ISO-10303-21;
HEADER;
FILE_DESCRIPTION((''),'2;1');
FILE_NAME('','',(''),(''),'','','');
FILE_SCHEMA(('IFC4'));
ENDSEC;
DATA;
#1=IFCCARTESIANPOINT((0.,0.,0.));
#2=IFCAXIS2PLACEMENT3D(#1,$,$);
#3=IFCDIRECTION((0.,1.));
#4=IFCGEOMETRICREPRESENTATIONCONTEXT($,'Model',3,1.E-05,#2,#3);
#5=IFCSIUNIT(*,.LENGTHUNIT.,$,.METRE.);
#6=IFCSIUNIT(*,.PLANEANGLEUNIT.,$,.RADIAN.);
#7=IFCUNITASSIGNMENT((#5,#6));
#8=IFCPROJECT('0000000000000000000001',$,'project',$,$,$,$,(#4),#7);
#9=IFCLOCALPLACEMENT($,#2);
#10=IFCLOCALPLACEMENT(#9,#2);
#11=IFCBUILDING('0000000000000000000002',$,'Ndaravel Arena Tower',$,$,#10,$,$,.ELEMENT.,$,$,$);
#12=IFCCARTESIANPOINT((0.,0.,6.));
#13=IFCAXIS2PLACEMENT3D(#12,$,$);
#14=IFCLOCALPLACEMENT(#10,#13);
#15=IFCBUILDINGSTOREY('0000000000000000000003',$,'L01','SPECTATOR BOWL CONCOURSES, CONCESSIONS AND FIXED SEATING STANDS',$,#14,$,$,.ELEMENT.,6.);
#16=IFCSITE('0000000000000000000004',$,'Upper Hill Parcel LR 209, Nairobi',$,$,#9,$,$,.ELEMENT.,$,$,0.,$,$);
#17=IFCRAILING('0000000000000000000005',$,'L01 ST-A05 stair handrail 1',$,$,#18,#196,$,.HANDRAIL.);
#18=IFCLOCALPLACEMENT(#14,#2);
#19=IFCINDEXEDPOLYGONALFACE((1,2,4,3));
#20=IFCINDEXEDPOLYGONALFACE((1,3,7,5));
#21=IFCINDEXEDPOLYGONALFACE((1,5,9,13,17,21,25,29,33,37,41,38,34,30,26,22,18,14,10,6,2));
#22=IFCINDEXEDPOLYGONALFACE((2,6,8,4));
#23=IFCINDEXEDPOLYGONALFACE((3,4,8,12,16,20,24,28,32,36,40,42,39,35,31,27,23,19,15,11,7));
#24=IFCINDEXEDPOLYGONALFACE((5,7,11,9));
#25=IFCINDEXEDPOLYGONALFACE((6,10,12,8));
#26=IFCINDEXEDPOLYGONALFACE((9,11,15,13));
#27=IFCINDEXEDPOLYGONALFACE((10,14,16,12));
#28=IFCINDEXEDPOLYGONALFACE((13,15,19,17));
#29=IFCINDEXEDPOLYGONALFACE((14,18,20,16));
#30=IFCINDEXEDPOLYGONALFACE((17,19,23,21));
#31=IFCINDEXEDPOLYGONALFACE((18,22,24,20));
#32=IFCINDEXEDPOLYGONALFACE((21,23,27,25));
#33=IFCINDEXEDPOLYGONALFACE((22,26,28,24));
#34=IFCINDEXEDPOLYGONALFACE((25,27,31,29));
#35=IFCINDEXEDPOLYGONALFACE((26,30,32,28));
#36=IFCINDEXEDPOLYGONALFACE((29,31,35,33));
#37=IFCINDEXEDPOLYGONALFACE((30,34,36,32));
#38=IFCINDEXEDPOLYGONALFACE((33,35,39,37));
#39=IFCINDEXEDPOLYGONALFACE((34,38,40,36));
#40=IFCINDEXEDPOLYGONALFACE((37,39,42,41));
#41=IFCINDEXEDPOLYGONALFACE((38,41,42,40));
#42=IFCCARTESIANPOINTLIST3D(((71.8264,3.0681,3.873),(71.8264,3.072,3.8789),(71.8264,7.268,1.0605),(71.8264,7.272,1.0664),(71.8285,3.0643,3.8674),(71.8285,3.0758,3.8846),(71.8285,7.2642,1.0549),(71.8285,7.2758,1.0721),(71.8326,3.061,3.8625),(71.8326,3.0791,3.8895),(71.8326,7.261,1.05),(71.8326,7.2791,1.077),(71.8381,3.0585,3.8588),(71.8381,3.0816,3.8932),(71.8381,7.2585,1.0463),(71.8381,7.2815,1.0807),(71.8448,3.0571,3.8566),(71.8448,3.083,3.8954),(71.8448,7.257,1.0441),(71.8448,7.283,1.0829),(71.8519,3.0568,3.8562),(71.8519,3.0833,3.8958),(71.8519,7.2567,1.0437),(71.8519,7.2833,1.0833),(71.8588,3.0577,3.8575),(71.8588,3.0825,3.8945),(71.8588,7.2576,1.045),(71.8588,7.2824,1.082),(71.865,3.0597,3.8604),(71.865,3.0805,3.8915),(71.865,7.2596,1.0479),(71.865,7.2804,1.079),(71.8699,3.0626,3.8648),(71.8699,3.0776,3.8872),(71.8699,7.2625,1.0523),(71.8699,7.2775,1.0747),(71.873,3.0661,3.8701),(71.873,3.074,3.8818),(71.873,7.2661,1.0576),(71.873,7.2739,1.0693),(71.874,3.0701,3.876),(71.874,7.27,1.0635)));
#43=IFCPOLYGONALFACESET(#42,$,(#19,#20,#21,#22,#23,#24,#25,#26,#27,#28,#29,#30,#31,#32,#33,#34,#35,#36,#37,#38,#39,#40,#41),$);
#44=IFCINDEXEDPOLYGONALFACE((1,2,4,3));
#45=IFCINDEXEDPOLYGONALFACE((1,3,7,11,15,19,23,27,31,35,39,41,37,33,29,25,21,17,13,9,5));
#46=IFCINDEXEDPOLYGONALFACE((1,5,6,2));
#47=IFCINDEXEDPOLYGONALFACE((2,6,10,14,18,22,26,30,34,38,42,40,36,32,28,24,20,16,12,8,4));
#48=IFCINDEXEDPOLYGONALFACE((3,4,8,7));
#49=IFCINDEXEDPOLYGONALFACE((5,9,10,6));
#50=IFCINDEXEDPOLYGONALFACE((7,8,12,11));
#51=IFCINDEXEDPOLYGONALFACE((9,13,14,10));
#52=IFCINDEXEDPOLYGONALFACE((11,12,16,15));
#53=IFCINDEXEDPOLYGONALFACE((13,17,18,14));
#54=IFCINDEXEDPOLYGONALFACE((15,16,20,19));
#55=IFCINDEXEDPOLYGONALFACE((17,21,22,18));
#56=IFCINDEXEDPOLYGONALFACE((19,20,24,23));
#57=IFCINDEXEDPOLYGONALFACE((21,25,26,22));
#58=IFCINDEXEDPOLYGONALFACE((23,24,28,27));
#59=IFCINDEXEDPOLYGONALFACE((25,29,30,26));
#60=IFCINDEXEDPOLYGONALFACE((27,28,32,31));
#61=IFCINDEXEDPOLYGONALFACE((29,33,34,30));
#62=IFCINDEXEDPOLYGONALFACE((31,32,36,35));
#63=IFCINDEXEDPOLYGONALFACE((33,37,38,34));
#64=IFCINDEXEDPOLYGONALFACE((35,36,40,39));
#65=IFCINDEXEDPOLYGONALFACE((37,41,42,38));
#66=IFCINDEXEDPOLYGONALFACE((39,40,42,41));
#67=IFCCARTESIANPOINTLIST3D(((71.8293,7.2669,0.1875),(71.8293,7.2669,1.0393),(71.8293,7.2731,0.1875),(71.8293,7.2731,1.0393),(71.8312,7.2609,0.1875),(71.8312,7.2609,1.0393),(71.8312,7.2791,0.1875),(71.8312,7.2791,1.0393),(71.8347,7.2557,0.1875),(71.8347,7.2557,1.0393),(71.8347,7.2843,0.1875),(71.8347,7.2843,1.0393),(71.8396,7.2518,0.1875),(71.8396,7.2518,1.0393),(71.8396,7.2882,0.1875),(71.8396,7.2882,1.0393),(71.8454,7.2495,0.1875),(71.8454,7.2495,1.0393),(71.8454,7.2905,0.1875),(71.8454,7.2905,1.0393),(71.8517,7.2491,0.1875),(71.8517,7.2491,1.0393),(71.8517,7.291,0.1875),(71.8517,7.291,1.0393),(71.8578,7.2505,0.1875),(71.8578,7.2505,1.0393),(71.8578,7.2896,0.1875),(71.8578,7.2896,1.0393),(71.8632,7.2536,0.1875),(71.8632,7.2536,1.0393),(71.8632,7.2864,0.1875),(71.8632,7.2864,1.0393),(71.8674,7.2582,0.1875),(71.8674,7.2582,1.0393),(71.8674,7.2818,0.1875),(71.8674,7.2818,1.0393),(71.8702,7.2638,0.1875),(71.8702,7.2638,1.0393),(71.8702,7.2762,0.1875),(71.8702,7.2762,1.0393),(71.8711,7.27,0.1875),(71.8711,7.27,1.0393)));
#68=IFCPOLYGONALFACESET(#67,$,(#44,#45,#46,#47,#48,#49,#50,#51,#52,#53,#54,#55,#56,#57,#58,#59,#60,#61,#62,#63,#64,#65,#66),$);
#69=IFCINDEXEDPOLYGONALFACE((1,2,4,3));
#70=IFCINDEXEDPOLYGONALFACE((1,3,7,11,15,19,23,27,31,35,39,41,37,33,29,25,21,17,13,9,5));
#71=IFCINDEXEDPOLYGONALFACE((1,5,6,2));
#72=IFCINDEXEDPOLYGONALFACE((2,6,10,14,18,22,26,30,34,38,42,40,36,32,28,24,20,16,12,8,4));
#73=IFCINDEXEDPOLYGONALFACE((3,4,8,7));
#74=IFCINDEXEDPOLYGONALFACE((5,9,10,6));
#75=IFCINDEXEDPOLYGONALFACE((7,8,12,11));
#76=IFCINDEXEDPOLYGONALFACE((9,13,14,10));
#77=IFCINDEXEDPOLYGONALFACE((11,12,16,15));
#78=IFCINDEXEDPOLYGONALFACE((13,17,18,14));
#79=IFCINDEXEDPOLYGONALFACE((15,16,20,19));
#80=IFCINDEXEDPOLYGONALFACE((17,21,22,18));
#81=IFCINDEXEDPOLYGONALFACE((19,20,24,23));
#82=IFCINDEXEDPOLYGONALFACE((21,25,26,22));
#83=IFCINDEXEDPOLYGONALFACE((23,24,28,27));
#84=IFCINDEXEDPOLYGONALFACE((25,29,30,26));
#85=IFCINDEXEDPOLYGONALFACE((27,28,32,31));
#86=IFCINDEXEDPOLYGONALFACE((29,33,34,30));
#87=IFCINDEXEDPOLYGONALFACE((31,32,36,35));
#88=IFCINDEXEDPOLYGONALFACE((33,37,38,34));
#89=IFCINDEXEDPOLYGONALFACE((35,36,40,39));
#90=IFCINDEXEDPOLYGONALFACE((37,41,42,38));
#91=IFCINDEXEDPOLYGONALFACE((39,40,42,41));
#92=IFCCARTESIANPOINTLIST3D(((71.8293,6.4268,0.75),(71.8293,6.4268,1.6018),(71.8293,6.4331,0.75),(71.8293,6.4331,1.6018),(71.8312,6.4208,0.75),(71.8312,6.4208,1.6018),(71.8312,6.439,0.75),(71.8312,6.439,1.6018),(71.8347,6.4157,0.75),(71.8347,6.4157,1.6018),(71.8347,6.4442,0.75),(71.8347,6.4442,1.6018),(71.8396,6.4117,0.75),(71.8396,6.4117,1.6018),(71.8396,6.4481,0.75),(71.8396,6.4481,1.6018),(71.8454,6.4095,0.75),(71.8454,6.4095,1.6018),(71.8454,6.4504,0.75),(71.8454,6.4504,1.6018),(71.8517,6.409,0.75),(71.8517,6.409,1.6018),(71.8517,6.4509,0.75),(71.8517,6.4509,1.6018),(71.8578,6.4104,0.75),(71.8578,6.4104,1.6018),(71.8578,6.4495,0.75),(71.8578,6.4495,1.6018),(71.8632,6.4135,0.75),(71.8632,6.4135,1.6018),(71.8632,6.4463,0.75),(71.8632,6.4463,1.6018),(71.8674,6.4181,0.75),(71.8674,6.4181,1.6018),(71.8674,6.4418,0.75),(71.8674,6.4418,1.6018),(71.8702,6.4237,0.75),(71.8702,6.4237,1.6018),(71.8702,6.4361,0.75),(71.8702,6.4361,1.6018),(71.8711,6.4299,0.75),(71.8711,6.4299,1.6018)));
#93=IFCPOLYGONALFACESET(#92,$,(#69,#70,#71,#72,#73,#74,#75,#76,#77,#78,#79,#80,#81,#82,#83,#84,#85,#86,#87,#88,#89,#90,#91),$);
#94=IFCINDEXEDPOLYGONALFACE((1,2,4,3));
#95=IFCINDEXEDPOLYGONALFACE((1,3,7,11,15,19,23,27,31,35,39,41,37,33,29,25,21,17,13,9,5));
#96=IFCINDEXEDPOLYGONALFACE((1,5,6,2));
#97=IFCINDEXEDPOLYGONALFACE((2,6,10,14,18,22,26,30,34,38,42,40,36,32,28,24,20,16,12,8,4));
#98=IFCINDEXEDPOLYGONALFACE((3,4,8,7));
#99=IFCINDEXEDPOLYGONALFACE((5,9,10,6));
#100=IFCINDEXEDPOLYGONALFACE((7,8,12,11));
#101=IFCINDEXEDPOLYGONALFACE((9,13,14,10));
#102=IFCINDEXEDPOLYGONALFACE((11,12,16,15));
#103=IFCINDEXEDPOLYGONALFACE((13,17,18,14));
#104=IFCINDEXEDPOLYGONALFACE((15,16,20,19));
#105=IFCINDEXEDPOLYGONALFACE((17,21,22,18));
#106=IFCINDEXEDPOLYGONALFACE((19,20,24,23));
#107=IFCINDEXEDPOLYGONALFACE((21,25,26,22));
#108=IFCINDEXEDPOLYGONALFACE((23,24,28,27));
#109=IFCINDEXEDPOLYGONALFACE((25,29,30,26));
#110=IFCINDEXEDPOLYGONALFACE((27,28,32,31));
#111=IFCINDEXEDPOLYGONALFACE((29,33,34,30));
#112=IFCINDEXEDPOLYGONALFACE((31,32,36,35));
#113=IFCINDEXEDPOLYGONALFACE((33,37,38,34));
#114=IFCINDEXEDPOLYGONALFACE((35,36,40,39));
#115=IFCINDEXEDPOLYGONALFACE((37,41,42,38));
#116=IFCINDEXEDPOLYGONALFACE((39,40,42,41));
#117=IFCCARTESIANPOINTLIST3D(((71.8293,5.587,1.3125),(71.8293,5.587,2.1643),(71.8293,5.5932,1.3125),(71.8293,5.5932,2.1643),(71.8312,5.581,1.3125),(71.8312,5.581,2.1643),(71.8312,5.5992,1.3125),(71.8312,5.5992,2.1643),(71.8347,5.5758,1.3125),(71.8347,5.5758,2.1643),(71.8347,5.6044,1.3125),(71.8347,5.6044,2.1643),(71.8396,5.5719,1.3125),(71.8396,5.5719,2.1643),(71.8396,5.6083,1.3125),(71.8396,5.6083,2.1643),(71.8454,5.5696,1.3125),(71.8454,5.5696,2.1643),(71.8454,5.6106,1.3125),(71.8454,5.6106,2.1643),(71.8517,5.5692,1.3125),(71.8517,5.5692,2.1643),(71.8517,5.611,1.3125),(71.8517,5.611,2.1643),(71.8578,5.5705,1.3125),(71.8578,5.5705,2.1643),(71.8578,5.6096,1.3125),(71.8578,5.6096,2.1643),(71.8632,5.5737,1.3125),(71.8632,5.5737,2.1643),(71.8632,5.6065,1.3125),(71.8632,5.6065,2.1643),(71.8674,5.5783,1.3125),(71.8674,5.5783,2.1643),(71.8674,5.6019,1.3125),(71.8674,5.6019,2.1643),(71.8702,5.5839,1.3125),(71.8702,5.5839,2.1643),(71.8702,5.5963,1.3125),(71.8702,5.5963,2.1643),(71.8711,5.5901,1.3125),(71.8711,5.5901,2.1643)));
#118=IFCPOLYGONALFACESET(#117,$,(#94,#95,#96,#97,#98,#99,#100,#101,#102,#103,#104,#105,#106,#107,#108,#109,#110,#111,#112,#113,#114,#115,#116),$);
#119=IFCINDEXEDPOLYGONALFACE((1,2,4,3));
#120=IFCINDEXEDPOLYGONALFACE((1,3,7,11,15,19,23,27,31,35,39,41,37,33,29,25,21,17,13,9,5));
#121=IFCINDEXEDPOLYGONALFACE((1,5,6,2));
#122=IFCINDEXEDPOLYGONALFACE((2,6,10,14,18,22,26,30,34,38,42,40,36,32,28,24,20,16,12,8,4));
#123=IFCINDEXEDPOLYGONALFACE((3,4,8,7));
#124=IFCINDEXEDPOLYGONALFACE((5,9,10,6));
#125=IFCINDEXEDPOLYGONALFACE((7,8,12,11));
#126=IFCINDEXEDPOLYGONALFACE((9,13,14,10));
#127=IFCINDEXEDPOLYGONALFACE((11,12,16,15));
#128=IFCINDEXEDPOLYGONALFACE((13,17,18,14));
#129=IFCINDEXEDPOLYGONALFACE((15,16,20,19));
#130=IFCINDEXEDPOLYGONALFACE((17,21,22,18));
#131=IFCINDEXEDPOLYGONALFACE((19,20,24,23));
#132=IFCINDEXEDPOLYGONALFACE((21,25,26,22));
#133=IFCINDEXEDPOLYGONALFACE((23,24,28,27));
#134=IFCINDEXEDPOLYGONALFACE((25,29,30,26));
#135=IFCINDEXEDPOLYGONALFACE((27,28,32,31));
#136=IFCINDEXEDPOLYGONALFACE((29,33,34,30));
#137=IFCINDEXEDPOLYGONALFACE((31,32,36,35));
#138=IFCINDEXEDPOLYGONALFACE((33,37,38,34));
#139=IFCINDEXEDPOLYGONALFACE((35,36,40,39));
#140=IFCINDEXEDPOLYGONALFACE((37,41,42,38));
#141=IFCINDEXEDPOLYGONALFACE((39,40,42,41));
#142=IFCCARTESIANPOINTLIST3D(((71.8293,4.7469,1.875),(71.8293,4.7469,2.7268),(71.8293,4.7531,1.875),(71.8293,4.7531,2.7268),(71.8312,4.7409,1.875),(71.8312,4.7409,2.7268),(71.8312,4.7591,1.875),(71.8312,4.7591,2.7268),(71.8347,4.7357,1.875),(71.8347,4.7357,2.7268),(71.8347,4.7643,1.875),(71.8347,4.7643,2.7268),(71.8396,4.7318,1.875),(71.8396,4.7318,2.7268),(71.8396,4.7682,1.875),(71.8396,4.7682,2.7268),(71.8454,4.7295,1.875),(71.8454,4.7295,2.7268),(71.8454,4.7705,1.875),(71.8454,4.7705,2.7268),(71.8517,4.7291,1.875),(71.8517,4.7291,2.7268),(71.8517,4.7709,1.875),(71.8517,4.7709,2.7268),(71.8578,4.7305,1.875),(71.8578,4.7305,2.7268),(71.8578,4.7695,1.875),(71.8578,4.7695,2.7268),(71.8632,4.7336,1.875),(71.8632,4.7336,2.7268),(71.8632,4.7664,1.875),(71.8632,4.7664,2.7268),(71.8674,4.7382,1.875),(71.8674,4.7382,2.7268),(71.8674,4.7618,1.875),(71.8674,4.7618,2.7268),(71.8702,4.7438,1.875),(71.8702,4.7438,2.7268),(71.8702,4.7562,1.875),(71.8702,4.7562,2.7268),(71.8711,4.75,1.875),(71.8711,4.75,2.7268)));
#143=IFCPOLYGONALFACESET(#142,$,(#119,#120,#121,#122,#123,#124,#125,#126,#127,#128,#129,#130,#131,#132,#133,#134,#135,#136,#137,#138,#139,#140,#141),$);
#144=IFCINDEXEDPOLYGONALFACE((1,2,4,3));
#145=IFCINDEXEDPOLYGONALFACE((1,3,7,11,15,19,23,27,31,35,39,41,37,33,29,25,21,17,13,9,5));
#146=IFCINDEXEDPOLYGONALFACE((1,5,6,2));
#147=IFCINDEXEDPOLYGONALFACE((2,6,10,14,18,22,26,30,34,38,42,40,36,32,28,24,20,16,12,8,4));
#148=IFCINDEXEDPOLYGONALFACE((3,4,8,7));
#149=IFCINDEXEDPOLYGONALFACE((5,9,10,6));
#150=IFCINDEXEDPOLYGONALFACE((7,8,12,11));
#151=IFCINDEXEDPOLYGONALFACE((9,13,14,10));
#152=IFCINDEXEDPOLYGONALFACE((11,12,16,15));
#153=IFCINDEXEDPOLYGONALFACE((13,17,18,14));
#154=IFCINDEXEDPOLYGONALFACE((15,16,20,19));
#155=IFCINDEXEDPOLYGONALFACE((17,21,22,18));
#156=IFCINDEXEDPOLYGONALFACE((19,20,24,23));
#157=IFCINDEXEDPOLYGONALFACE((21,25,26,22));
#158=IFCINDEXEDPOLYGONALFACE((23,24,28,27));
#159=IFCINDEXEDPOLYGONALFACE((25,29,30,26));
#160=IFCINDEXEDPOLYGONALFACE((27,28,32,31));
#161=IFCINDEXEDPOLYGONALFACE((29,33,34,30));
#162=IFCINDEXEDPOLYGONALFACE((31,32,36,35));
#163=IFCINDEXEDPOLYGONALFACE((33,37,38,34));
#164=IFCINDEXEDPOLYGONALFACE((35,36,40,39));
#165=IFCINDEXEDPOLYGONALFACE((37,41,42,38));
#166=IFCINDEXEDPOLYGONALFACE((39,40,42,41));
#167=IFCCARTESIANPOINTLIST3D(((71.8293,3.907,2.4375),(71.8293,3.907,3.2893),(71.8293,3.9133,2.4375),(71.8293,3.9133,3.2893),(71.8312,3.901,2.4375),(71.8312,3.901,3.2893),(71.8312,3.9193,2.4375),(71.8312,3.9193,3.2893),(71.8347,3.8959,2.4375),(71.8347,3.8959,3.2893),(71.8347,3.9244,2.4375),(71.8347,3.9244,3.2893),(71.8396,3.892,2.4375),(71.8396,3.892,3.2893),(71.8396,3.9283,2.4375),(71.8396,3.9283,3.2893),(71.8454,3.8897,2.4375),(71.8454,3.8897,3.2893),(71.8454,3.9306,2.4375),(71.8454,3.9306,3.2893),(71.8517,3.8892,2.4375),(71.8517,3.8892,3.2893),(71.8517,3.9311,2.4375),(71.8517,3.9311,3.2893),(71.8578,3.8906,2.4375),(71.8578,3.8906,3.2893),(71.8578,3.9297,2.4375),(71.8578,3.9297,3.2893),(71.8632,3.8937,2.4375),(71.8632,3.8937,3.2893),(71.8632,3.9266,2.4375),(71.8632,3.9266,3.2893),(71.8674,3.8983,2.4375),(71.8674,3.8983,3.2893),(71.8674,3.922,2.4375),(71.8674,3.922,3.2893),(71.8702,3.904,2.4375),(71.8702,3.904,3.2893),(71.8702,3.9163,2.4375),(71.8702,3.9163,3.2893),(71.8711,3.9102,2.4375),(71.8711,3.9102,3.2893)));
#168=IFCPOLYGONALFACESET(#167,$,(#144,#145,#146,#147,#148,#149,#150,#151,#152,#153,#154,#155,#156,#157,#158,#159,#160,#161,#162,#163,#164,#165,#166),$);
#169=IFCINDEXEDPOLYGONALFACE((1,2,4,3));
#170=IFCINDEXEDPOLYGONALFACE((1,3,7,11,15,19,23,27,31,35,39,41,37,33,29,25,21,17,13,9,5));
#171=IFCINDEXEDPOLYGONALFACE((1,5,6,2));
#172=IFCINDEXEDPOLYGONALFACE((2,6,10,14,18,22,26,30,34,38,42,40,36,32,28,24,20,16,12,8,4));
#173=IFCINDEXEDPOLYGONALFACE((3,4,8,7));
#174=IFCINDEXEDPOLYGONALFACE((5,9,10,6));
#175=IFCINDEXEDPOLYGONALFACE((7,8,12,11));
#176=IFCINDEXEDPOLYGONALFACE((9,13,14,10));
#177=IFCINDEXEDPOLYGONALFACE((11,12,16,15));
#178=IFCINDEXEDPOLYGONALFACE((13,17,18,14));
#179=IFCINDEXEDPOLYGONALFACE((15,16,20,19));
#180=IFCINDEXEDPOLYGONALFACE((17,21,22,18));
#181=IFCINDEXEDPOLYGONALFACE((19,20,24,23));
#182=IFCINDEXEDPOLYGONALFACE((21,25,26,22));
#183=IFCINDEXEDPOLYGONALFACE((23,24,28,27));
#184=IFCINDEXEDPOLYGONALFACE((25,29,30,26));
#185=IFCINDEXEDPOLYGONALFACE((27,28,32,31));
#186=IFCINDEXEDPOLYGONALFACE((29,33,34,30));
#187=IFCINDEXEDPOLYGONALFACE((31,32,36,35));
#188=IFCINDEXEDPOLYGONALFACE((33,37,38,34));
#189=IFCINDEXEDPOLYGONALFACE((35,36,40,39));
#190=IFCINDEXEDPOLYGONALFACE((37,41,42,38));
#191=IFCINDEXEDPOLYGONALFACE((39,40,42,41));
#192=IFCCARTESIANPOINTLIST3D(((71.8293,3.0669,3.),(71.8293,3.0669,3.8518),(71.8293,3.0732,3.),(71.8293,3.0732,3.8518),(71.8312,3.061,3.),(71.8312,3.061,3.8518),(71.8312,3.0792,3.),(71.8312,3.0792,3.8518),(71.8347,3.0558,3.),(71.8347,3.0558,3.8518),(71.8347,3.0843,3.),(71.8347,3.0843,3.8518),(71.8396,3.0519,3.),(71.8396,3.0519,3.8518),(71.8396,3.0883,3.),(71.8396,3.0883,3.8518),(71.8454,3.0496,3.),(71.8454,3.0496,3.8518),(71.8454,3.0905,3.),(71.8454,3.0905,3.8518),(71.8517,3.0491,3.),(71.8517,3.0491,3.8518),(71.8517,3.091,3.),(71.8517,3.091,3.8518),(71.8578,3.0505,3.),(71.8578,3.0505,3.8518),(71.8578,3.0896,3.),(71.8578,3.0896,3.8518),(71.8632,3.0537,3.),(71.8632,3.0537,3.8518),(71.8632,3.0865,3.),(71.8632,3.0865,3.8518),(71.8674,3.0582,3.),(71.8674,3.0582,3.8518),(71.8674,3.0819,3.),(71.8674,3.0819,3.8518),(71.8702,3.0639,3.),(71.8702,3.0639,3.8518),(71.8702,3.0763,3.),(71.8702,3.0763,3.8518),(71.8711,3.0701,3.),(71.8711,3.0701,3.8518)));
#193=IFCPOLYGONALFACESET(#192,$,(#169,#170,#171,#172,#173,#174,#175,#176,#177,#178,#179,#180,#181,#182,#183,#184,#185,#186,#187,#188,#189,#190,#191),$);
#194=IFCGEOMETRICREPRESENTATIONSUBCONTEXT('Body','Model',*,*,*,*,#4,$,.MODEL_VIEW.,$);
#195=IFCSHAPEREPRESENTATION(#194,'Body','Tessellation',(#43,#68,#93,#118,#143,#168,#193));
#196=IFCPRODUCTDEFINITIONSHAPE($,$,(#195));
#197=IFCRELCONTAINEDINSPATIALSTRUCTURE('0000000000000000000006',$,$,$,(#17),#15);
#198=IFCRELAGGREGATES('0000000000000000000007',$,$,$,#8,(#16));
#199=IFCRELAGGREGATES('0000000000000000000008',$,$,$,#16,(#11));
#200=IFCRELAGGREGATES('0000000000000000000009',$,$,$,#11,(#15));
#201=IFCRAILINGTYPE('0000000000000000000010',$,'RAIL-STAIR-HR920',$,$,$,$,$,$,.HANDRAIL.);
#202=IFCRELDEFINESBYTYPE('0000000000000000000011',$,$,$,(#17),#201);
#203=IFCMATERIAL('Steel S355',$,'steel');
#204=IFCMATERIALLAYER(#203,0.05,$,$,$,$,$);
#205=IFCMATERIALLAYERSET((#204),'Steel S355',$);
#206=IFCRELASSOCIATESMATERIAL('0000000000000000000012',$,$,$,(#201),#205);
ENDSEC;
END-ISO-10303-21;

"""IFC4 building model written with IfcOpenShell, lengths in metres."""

from ifc_helpers import new_model, si_unit, direction, frame, origin, origin_2d, place, context, subcontext, project, spatial, circle, extrude, material, layer, layer_set, type_object, element, save


model = new_model("IFC4")

# Units and contexts
model_context = context("Model", 3, precision=1e-05, world=origin(), true_north=direction((0.0, 1.0)))
body_context = subcontext(model_context, "Body", "Model", "MODEL_VIEW")
ifc_project = project(units=[si_unit("LENGTHUNIT", "METRE"), si_unit("PLANEANGLEUNIT", "RADIAN")], contexts=[model_context])

# Site, building, storey
site_placement = place(None, origin())
site = spatial("IfcSite", under=ifc_project, at=site_placement, Name="Upper Hill Parcel LR 209, Nairobi", CompositionType="ELEMENT", RefElevation=0.0)
building_placement = place(site_placement, origin())
building = spatial("IfcBuilding", under=site, at=building_placement, Name="Ndaravel Arena Tower", CompositionType="ELEMENT")
storey_placement = place(building_placement, frame((0.0, 0.0, 6.0)))
storey = spatial("IfcBuildingStorey", under=building, at=storey_placement, Name="L01", Description="SPECTATOR BOWL CONCOURSES, CONCESSIONS AND FIXED SEATING STANDS", CompositionType="ELEMENT", Elevation=6.0)

# Railing
ifc_material_1 = material(Name="Steel S355", Category="steel")
ifc_layer_1 = layer(ifc_material_1, 0.05)
ifc_layer_set_1 = layer_set([ifc_layer_1], Name="Steel S355")
railing_type_1 = type_object("IfcRailingType", Name="RAIL-STAIR-HR920", PredefinedType="HANDRAIL", material=ifc_layer_set_1)
railing_1_placement = place(storey_placement, frame((71.8501, 7.27, 0.1875)))
element("IfcRailing", 1, at=railing_1_placement, inside=storey, type_object=railing_type_1, Name="L01 ST-A05 stair handrail 1", PredefinedType="HANDRAIL", context=body_context, shape_type="SweptSolid", body=[
    extrude(circle(Radius=0.0239, at=origin_2d()), frame((0.0, 0.0, 0.876), z_axis=(0.0, -0.830904, 0.556416), x_axis=(1.0, 0.0, 0.0)), (0.0, 0.0, 1.0), 5.0547),
    extrude(circle(Radius=0.021, at=origin_2d()), origin(), (0.0, 0.0, 1.0), 0.8518),
    extrude(circle(Radius=0.021, at=origin_2d()), frame((0.0, -0.8401, 0.5625)), (0.0, 0.0, 1.0), 0.8518),
    extrude(circle(Radius=0.021, at=origin_2d()), frame((0.0, -1.6799, 1.125)), (0.0, 0.0, 1.0), 0.8518),
    extrude(circle(Radius=0.021, at=origin_2d()), frame((0.0, -2.52, 1.6875)), (0.0, 0.0, 1.0), 0.8518),
    extrude(circle(Radius=0.021, at=origin_2d()), frame((0.0, -3.3599, 2.25)), (0.0, 0.0, 1.0), 0.8518),
    extrude(circle(Radius=0.021, at=origin_2d()), frame((0.0, -4.2, 2.8125)), (0.0, 0.0, 1.0), 0.8518),
])

save(model, "model.ifc")
